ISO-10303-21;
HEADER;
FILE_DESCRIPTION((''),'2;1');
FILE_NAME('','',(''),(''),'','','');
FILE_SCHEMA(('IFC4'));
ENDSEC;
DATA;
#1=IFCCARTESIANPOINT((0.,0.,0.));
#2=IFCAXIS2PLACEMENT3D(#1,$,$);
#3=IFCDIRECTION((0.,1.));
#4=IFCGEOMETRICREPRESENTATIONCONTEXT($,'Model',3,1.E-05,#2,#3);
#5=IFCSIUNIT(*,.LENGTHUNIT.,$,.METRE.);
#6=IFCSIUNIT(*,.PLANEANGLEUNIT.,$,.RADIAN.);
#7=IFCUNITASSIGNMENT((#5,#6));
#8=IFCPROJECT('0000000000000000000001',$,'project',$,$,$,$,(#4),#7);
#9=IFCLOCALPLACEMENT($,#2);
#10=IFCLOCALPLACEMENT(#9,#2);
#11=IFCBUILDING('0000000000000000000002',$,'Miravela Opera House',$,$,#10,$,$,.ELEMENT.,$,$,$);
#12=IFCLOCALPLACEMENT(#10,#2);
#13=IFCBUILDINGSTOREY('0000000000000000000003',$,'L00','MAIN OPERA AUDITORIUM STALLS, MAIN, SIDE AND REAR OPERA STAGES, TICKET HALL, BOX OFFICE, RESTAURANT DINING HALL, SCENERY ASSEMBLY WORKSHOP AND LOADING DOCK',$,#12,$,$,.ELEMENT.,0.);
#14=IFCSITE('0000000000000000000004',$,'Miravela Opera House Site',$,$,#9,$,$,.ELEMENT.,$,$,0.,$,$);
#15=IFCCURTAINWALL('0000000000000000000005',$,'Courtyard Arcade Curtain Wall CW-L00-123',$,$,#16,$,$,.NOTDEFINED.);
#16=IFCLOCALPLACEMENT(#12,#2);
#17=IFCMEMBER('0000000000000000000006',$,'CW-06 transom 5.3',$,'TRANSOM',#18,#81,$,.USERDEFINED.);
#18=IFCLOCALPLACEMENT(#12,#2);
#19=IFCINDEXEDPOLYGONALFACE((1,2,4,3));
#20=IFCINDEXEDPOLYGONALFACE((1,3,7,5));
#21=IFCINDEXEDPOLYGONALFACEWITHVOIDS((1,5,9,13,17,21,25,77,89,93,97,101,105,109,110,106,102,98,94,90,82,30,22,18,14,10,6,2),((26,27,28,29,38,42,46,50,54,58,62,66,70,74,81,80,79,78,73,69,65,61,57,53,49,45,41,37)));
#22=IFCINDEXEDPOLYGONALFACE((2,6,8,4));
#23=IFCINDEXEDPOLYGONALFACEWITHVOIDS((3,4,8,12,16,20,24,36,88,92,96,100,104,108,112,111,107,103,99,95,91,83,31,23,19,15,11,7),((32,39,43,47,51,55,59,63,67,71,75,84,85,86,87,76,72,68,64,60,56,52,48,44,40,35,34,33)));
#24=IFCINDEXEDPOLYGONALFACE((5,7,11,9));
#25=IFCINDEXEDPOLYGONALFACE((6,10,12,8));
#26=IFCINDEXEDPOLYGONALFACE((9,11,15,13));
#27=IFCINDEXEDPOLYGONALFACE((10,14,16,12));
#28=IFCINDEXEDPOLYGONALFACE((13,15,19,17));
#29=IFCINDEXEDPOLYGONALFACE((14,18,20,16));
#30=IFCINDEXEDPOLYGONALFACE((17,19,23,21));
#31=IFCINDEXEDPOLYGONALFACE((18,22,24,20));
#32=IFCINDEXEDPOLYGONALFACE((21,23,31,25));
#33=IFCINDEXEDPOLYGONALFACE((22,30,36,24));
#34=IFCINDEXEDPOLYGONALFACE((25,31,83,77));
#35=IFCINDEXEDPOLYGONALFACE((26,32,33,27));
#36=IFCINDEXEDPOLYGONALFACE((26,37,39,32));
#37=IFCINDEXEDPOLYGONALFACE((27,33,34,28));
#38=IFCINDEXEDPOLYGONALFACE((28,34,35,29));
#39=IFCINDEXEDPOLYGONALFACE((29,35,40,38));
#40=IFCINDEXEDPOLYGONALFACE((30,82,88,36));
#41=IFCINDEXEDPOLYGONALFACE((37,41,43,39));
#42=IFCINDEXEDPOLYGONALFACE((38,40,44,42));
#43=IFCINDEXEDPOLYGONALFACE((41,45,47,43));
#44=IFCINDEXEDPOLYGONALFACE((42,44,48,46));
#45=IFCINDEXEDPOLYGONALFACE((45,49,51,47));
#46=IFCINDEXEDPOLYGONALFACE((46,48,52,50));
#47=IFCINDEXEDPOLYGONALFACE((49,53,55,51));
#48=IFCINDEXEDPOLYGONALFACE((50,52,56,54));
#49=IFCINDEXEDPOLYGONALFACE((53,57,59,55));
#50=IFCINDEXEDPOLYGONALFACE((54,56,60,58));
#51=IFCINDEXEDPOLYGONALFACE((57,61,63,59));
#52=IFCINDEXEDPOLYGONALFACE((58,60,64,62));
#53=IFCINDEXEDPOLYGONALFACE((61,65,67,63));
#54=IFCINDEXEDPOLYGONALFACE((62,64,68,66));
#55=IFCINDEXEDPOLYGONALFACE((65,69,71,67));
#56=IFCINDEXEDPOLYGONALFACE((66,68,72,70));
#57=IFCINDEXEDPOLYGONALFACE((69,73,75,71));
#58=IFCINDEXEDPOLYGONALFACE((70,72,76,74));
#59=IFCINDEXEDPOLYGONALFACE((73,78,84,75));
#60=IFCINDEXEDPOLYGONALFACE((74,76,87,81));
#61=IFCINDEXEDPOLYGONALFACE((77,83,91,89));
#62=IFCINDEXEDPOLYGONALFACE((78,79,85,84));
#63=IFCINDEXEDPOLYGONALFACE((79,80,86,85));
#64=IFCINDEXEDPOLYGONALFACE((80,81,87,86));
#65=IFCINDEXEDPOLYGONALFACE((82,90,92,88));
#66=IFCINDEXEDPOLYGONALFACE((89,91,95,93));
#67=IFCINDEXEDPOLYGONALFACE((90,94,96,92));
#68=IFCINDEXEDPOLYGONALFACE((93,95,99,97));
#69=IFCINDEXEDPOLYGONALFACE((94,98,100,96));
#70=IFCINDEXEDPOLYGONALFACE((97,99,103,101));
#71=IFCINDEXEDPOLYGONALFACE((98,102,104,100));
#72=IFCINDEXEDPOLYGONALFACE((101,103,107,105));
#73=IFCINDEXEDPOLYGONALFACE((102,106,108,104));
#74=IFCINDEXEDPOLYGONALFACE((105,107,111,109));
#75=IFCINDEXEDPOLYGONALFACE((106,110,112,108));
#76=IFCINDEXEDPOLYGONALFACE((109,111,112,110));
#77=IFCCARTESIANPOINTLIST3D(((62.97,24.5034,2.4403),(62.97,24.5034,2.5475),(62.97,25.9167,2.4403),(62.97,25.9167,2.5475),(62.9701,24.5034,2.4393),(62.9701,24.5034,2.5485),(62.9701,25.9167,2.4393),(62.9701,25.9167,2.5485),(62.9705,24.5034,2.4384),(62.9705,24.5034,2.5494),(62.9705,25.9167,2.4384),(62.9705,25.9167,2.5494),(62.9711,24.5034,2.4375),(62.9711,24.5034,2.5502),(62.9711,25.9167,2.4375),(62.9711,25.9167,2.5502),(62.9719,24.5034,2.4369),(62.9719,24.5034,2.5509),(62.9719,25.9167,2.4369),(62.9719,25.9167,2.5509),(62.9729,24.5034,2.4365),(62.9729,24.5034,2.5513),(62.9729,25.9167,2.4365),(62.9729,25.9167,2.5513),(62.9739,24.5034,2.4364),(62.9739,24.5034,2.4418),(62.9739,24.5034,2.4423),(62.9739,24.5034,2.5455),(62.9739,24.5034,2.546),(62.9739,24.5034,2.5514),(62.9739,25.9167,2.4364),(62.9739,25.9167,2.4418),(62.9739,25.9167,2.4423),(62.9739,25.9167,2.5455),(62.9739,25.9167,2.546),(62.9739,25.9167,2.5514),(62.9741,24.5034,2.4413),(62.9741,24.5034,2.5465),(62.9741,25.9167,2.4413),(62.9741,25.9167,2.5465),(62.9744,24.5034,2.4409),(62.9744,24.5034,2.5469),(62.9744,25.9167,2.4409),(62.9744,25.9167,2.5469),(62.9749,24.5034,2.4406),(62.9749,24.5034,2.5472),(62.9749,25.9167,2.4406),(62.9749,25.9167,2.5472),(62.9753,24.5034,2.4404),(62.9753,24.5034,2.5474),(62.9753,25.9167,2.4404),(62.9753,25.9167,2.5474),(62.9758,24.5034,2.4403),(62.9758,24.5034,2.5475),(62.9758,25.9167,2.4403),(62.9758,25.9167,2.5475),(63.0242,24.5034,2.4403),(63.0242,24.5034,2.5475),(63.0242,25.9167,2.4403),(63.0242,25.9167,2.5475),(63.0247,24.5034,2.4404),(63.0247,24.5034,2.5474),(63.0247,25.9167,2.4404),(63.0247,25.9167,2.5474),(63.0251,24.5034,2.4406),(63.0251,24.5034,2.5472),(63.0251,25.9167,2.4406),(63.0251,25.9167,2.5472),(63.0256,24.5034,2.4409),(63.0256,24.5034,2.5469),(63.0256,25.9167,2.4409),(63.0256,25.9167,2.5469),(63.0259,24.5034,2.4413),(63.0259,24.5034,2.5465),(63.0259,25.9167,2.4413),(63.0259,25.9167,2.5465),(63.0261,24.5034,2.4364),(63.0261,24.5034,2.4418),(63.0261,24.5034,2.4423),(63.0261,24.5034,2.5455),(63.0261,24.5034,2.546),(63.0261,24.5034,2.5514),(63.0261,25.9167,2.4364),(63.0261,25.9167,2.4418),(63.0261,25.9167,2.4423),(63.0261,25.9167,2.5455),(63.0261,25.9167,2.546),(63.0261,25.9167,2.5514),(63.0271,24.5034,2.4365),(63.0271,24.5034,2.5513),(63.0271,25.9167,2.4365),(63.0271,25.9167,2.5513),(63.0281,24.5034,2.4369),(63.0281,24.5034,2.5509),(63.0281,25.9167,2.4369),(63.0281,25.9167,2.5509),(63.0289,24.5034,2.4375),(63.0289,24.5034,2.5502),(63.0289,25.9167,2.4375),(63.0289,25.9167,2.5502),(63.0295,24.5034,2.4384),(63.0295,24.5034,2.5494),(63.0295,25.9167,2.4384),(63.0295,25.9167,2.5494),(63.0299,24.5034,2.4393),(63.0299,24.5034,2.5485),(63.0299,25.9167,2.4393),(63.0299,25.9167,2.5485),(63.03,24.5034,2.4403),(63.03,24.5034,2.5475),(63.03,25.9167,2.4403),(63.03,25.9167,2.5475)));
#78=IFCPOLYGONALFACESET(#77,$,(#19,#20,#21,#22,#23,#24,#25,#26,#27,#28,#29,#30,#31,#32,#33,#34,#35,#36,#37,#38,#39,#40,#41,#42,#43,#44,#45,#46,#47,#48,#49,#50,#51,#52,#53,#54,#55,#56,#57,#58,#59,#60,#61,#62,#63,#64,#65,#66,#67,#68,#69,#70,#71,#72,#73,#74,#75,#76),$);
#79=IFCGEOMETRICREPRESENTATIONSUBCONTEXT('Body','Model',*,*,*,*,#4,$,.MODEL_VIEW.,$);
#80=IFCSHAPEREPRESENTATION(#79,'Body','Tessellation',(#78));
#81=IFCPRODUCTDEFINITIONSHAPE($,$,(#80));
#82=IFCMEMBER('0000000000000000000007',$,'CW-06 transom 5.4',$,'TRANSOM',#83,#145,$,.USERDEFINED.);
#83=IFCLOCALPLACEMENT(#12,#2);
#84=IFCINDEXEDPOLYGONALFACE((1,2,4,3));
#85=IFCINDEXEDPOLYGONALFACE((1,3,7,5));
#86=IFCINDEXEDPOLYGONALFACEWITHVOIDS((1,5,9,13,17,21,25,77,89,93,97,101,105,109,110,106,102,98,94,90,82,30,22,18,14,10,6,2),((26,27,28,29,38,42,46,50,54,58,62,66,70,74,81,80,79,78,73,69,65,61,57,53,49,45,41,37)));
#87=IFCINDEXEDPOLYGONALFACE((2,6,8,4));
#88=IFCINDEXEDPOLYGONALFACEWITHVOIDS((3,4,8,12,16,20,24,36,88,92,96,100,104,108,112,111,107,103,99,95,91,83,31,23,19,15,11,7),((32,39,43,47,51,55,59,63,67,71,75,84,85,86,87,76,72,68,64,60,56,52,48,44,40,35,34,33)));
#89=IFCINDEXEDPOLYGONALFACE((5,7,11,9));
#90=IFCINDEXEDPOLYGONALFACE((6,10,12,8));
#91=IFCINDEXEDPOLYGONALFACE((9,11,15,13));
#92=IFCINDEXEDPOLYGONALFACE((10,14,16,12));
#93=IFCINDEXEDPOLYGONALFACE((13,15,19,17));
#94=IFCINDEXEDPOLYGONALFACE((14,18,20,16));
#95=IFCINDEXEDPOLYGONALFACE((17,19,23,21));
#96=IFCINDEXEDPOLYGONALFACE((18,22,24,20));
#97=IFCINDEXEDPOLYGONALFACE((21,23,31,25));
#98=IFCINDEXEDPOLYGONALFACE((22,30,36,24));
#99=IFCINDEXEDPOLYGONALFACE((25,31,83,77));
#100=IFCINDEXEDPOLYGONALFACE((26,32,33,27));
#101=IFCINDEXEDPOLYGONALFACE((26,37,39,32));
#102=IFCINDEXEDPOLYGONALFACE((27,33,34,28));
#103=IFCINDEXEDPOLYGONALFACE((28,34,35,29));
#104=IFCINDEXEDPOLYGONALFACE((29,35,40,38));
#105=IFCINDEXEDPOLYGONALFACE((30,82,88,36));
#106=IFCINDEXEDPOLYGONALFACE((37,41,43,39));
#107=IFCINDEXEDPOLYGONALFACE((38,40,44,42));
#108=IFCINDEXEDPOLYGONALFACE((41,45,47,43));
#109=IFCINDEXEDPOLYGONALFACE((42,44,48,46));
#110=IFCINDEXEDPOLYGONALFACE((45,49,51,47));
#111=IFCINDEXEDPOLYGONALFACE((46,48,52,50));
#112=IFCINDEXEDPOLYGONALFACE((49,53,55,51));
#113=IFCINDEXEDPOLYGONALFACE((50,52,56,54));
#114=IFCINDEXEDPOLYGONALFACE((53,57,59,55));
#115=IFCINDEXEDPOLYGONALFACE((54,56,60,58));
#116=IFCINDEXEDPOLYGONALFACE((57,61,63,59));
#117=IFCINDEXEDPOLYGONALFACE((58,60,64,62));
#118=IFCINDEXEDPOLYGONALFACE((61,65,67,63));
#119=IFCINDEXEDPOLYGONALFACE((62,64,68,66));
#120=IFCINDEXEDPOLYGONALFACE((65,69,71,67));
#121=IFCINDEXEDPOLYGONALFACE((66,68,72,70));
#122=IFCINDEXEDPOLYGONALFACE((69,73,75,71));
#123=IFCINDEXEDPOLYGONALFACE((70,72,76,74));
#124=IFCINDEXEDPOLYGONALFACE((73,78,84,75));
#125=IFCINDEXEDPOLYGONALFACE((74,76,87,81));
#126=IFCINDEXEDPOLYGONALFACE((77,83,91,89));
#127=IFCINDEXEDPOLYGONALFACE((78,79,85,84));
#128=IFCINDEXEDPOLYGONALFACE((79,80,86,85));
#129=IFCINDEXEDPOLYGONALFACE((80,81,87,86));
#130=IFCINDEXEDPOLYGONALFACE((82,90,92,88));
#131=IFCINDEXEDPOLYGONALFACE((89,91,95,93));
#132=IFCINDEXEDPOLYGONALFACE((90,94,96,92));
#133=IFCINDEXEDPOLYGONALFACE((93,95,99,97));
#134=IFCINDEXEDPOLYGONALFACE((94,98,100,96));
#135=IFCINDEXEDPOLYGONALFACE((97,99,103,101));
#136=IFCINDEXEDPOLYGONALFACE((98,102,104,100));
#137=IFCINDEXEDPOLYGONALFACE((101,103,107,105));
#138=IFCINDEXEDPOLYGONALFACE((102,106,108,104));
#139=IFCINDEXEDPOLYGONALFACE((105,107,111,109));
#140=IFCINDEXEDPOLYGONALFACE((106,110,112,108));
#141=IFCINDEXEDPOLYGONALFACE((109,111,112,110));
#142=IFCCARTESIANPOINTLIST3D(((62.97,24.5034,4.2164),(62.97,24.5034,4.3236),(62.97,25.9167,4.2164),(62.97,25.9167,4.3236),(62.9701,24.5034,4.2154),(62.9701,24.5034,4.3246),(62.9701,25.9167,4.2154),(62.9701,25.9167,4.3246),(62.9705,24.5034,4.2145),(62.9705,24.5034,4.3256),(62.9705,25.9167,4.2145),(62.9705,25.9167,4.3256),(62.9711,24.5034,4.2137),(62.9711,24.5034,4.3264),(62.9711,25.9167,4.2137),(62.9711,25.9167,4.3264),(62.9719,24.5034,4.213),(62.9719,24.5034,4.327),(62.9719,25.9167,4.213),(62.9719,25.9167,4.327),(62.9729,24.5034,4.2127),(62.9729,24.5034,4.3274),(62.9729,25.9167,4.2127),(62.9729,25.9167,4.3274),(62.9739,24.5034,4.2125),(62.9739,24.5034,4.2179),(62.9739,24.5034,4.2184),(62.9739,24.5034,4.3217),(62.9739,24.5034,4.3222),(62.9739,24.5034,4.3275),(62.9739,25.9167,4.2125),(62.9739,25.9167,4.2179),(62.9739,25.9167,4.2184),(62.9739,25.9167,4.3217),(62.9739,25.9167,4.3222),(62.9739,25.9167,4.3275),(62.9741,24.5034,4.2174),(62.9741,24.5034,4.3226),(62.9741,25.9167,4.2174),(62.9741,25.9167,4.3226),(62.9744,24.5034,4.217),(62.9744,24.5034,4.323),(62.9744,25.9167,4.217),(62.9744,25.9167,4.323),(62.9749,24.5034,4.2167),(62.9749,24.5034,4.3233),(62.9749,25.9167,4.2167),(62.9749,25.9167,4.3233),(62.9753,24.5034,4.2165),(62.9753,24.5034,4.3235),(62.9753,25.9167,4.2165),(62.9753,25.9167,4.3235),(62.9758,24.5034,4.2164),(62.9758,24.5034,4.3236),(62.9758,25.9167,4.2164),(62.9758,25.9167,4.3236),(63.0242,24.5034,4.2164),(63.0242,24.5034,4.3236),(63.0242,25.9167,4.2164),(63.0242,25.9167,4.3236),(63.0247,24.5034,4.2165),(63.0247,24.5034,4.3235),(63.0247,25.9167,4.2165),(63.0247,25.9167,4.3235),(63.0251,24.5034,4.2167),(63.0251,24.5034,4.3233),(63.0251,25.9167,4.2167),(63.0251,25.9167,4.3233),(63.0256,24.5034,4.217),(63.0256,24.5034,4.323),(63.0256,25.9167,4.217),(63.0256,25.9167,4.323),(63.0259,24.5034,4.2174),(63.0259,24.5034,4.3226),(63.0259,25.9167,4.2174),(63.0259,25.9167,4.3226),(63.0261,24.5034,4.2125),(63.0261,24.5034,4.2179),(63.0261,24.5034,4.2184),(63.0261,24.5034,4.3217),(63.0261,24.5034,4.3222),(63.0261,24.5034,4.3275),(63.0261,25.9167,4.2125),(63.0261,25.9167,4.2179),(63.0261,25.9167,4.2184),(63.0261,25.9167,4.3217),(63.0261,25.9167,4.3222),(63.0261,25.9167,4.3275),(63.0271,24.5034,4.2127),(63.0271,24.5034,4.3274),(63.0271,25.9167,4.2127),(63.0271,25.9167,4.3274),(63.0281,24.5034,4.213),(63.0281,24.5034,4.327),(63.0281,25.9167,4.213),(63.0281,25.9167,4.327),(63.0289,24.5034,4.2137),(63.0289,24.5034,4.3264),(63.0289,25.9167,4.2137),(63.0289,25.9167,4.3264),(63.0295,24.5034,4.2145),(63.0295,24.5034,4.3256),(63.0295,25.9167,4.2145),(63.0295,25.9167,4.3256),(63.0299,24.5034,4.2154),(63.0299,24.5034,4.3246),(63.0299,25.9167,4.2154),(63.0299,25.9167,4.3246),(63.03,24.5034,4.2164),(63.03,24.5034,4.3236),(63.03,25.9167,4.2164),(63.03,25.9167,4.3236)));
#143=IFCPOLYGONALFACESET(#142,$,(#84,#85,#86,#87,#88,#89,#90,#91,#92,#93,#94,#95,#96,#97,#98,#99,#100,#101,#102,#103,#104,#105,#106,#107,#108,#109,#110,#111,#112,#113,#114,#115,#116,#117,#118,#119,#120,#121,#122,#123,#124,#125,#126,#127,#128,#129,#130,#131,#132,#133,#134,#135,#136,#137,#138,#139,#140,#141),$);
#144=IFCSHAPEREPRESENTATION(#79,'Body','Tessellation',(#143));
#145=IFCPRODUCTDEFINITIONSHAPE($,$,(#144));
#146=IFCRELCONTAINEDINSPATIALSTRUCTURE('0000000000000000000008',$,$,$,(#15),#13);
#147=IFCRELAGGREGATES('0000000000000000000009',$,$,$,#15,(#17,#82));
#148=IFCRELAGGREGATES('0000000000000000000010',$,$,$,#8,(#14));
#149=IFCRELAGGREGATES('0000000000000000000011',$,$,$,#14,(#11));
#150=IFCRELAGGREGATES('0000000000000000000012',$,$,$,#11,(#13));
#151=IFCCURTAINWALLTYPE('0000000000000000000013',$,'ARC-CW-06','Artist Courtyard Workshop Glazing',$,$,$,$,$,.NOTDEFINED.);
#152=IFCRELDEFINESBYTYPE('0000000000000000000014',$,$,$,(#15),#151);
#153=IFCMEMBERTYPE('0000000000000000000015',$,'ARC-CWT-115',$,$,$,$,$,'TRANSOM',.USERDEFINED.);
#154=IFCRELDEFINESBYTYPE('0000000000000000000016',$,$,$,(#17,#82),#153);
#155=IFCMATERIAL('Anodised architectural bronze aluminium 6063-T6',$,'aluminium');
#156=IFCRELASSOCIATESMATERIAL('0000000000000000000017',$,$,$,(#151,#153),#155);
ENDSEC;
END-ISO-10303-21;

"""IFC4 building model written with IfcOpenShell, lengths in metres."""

from ifc_helpers import new_model, si_unit, direction, frame, origin, origin_2d, place, context, subcontext, project, spatial, hollow_rectangle, extrude, material, material_profile, profile_set, type_object, element, aggregate, save


model = new_model("IFC4")

# Units and contexts
model_context = context("Model", 3, precision=1e-05, world=origin(), true_north=direction((0.0, 1.0)))
body_context = subcontext(model_context, "Body", "Model", "MODEL_VIEW")
ifc_project = project(units=[si_unit("LENGTHUNIT", "METRE"), si_unit("PLANEANGLEUNIT", "RADIAN")], contexts=[model_context])

# Site, building, storey
site_placement = place(None, origin())
site = spatial("IfcSite", under=ifc_project, at=site_placement, Name="Miravela Opera House Site", CompositionType="ELEMENT", RefElevation=0.0)
building_placement = place(site_placement, origin())
building = spatial("IfcBuilding", under=site, at=building_placement, Name="Miravela Opera House", CompositionType="ELEMENT")
storey_placement = place(building_placement, origin())
storey = spatial("IfcBuildingStorey", under=building, at=storey_placement, Name="L00", Description="MAIN OPERA AUDITORIUM STALLS, MAIN, SIDE AND REAR OPERA STAGES, TICKET HALL, BOX OFFICE, RESTAURANT DINING HALL, SCENERY ASSEMBLY WORKSHOP AND LOADING DOCK", CompositionType="ELEMENT", Elevation=0.0)

# Curtain wall, members
ifc_material_1 = material(Name="Anodised architectural bronze aluminium 6063-T6", Category="aluminium")
curtain_wall_type = type_object("IfcCurtainWallType", Name="ARC-CW-06", Description="Artist Courtyard Workshop Glazing", PredefinedType="NOTDEFINED", material=ifc_material_1)
curtain_wall_placement = place(storey_placement, origin())
curtain_wall = element("IfcCurtainWall", 1, at=curtain_wall_placement, inside=storey, type_object=curtain_wall_type, Name="Courtyard Arcade Curtain Wall CW-L00-123", PredefinedType="NOTDEFINED")
ifc_material_profile_1 = material_profile(ifc_material_1, hollow_rectangle(XDim=0.0601, YDim=0.115, WallThickness=0.0039, InnerFilletRadius=0.002, OuterFilletRadius=0.0039, at=origin_2d()), Name="CWT-60X115")
ifc_profile_set_1 = profile_set([ifc_material_profile_1])
member_type_1 = type_object("IfcMemberType", Name="ARC-CWT-115", ElementType="TRANSOM", PredefinedType="USERDEFINED", material=ifc_profile_set_1)
member_1_placement = place(storey_placement, frame((63.0, 24.5034, 2.4939), z_axis=(0.0, 1.0, 0.0), x_axis=(-1.0, 0.0, 0.0)))
member_1 = element("IfcMember", 2, at=member_1_placement, type_object=member_type_1, Name="CW-06 transom 5.3", ObjectType="TRANSOM", PredefinedType="USERDEFINED", context=body_context, shape_type="SweptSolid", body=[
    extrude(hollow_rectangle(XDim=0.0601, YDim=0.115, WallThickness=0.0039, InnerFilletRadius=0.002, OuterFilletRadius=0.0039, at=origin_2d()), origin(), (0.0, 0.0, 1.0), 1.4133),
])
member_2_placement = place(storey_placement, frame((63.0, 24.5034, 4.27), z_axis=(0.0, 1.0, 0.0), x_axis=(-1.0, 0.0, 0.0)))
member_2 = element("IfcMember", 3, at=member_2_placement, type_object=member_type_1, Name="CW-06 transom 5.4", ObjectType="TRANSOM", PredefinedType="USERDEFINED", context=body_context, shape_type="SweptSolid", body=[
    extrude(hollow_rectangle(XDim=0.0601, YDim=0.115, WallThickness=0.0039, InnerFilletRadius=0.002, OuterFilletRadius=0.0039, at=origin_2d()), origin(), (0.0, 0.0, 1.0), 1.4133),
])

aggregate(curtain_wall, [member_1, member_2])

save(model, "model.ifc")
